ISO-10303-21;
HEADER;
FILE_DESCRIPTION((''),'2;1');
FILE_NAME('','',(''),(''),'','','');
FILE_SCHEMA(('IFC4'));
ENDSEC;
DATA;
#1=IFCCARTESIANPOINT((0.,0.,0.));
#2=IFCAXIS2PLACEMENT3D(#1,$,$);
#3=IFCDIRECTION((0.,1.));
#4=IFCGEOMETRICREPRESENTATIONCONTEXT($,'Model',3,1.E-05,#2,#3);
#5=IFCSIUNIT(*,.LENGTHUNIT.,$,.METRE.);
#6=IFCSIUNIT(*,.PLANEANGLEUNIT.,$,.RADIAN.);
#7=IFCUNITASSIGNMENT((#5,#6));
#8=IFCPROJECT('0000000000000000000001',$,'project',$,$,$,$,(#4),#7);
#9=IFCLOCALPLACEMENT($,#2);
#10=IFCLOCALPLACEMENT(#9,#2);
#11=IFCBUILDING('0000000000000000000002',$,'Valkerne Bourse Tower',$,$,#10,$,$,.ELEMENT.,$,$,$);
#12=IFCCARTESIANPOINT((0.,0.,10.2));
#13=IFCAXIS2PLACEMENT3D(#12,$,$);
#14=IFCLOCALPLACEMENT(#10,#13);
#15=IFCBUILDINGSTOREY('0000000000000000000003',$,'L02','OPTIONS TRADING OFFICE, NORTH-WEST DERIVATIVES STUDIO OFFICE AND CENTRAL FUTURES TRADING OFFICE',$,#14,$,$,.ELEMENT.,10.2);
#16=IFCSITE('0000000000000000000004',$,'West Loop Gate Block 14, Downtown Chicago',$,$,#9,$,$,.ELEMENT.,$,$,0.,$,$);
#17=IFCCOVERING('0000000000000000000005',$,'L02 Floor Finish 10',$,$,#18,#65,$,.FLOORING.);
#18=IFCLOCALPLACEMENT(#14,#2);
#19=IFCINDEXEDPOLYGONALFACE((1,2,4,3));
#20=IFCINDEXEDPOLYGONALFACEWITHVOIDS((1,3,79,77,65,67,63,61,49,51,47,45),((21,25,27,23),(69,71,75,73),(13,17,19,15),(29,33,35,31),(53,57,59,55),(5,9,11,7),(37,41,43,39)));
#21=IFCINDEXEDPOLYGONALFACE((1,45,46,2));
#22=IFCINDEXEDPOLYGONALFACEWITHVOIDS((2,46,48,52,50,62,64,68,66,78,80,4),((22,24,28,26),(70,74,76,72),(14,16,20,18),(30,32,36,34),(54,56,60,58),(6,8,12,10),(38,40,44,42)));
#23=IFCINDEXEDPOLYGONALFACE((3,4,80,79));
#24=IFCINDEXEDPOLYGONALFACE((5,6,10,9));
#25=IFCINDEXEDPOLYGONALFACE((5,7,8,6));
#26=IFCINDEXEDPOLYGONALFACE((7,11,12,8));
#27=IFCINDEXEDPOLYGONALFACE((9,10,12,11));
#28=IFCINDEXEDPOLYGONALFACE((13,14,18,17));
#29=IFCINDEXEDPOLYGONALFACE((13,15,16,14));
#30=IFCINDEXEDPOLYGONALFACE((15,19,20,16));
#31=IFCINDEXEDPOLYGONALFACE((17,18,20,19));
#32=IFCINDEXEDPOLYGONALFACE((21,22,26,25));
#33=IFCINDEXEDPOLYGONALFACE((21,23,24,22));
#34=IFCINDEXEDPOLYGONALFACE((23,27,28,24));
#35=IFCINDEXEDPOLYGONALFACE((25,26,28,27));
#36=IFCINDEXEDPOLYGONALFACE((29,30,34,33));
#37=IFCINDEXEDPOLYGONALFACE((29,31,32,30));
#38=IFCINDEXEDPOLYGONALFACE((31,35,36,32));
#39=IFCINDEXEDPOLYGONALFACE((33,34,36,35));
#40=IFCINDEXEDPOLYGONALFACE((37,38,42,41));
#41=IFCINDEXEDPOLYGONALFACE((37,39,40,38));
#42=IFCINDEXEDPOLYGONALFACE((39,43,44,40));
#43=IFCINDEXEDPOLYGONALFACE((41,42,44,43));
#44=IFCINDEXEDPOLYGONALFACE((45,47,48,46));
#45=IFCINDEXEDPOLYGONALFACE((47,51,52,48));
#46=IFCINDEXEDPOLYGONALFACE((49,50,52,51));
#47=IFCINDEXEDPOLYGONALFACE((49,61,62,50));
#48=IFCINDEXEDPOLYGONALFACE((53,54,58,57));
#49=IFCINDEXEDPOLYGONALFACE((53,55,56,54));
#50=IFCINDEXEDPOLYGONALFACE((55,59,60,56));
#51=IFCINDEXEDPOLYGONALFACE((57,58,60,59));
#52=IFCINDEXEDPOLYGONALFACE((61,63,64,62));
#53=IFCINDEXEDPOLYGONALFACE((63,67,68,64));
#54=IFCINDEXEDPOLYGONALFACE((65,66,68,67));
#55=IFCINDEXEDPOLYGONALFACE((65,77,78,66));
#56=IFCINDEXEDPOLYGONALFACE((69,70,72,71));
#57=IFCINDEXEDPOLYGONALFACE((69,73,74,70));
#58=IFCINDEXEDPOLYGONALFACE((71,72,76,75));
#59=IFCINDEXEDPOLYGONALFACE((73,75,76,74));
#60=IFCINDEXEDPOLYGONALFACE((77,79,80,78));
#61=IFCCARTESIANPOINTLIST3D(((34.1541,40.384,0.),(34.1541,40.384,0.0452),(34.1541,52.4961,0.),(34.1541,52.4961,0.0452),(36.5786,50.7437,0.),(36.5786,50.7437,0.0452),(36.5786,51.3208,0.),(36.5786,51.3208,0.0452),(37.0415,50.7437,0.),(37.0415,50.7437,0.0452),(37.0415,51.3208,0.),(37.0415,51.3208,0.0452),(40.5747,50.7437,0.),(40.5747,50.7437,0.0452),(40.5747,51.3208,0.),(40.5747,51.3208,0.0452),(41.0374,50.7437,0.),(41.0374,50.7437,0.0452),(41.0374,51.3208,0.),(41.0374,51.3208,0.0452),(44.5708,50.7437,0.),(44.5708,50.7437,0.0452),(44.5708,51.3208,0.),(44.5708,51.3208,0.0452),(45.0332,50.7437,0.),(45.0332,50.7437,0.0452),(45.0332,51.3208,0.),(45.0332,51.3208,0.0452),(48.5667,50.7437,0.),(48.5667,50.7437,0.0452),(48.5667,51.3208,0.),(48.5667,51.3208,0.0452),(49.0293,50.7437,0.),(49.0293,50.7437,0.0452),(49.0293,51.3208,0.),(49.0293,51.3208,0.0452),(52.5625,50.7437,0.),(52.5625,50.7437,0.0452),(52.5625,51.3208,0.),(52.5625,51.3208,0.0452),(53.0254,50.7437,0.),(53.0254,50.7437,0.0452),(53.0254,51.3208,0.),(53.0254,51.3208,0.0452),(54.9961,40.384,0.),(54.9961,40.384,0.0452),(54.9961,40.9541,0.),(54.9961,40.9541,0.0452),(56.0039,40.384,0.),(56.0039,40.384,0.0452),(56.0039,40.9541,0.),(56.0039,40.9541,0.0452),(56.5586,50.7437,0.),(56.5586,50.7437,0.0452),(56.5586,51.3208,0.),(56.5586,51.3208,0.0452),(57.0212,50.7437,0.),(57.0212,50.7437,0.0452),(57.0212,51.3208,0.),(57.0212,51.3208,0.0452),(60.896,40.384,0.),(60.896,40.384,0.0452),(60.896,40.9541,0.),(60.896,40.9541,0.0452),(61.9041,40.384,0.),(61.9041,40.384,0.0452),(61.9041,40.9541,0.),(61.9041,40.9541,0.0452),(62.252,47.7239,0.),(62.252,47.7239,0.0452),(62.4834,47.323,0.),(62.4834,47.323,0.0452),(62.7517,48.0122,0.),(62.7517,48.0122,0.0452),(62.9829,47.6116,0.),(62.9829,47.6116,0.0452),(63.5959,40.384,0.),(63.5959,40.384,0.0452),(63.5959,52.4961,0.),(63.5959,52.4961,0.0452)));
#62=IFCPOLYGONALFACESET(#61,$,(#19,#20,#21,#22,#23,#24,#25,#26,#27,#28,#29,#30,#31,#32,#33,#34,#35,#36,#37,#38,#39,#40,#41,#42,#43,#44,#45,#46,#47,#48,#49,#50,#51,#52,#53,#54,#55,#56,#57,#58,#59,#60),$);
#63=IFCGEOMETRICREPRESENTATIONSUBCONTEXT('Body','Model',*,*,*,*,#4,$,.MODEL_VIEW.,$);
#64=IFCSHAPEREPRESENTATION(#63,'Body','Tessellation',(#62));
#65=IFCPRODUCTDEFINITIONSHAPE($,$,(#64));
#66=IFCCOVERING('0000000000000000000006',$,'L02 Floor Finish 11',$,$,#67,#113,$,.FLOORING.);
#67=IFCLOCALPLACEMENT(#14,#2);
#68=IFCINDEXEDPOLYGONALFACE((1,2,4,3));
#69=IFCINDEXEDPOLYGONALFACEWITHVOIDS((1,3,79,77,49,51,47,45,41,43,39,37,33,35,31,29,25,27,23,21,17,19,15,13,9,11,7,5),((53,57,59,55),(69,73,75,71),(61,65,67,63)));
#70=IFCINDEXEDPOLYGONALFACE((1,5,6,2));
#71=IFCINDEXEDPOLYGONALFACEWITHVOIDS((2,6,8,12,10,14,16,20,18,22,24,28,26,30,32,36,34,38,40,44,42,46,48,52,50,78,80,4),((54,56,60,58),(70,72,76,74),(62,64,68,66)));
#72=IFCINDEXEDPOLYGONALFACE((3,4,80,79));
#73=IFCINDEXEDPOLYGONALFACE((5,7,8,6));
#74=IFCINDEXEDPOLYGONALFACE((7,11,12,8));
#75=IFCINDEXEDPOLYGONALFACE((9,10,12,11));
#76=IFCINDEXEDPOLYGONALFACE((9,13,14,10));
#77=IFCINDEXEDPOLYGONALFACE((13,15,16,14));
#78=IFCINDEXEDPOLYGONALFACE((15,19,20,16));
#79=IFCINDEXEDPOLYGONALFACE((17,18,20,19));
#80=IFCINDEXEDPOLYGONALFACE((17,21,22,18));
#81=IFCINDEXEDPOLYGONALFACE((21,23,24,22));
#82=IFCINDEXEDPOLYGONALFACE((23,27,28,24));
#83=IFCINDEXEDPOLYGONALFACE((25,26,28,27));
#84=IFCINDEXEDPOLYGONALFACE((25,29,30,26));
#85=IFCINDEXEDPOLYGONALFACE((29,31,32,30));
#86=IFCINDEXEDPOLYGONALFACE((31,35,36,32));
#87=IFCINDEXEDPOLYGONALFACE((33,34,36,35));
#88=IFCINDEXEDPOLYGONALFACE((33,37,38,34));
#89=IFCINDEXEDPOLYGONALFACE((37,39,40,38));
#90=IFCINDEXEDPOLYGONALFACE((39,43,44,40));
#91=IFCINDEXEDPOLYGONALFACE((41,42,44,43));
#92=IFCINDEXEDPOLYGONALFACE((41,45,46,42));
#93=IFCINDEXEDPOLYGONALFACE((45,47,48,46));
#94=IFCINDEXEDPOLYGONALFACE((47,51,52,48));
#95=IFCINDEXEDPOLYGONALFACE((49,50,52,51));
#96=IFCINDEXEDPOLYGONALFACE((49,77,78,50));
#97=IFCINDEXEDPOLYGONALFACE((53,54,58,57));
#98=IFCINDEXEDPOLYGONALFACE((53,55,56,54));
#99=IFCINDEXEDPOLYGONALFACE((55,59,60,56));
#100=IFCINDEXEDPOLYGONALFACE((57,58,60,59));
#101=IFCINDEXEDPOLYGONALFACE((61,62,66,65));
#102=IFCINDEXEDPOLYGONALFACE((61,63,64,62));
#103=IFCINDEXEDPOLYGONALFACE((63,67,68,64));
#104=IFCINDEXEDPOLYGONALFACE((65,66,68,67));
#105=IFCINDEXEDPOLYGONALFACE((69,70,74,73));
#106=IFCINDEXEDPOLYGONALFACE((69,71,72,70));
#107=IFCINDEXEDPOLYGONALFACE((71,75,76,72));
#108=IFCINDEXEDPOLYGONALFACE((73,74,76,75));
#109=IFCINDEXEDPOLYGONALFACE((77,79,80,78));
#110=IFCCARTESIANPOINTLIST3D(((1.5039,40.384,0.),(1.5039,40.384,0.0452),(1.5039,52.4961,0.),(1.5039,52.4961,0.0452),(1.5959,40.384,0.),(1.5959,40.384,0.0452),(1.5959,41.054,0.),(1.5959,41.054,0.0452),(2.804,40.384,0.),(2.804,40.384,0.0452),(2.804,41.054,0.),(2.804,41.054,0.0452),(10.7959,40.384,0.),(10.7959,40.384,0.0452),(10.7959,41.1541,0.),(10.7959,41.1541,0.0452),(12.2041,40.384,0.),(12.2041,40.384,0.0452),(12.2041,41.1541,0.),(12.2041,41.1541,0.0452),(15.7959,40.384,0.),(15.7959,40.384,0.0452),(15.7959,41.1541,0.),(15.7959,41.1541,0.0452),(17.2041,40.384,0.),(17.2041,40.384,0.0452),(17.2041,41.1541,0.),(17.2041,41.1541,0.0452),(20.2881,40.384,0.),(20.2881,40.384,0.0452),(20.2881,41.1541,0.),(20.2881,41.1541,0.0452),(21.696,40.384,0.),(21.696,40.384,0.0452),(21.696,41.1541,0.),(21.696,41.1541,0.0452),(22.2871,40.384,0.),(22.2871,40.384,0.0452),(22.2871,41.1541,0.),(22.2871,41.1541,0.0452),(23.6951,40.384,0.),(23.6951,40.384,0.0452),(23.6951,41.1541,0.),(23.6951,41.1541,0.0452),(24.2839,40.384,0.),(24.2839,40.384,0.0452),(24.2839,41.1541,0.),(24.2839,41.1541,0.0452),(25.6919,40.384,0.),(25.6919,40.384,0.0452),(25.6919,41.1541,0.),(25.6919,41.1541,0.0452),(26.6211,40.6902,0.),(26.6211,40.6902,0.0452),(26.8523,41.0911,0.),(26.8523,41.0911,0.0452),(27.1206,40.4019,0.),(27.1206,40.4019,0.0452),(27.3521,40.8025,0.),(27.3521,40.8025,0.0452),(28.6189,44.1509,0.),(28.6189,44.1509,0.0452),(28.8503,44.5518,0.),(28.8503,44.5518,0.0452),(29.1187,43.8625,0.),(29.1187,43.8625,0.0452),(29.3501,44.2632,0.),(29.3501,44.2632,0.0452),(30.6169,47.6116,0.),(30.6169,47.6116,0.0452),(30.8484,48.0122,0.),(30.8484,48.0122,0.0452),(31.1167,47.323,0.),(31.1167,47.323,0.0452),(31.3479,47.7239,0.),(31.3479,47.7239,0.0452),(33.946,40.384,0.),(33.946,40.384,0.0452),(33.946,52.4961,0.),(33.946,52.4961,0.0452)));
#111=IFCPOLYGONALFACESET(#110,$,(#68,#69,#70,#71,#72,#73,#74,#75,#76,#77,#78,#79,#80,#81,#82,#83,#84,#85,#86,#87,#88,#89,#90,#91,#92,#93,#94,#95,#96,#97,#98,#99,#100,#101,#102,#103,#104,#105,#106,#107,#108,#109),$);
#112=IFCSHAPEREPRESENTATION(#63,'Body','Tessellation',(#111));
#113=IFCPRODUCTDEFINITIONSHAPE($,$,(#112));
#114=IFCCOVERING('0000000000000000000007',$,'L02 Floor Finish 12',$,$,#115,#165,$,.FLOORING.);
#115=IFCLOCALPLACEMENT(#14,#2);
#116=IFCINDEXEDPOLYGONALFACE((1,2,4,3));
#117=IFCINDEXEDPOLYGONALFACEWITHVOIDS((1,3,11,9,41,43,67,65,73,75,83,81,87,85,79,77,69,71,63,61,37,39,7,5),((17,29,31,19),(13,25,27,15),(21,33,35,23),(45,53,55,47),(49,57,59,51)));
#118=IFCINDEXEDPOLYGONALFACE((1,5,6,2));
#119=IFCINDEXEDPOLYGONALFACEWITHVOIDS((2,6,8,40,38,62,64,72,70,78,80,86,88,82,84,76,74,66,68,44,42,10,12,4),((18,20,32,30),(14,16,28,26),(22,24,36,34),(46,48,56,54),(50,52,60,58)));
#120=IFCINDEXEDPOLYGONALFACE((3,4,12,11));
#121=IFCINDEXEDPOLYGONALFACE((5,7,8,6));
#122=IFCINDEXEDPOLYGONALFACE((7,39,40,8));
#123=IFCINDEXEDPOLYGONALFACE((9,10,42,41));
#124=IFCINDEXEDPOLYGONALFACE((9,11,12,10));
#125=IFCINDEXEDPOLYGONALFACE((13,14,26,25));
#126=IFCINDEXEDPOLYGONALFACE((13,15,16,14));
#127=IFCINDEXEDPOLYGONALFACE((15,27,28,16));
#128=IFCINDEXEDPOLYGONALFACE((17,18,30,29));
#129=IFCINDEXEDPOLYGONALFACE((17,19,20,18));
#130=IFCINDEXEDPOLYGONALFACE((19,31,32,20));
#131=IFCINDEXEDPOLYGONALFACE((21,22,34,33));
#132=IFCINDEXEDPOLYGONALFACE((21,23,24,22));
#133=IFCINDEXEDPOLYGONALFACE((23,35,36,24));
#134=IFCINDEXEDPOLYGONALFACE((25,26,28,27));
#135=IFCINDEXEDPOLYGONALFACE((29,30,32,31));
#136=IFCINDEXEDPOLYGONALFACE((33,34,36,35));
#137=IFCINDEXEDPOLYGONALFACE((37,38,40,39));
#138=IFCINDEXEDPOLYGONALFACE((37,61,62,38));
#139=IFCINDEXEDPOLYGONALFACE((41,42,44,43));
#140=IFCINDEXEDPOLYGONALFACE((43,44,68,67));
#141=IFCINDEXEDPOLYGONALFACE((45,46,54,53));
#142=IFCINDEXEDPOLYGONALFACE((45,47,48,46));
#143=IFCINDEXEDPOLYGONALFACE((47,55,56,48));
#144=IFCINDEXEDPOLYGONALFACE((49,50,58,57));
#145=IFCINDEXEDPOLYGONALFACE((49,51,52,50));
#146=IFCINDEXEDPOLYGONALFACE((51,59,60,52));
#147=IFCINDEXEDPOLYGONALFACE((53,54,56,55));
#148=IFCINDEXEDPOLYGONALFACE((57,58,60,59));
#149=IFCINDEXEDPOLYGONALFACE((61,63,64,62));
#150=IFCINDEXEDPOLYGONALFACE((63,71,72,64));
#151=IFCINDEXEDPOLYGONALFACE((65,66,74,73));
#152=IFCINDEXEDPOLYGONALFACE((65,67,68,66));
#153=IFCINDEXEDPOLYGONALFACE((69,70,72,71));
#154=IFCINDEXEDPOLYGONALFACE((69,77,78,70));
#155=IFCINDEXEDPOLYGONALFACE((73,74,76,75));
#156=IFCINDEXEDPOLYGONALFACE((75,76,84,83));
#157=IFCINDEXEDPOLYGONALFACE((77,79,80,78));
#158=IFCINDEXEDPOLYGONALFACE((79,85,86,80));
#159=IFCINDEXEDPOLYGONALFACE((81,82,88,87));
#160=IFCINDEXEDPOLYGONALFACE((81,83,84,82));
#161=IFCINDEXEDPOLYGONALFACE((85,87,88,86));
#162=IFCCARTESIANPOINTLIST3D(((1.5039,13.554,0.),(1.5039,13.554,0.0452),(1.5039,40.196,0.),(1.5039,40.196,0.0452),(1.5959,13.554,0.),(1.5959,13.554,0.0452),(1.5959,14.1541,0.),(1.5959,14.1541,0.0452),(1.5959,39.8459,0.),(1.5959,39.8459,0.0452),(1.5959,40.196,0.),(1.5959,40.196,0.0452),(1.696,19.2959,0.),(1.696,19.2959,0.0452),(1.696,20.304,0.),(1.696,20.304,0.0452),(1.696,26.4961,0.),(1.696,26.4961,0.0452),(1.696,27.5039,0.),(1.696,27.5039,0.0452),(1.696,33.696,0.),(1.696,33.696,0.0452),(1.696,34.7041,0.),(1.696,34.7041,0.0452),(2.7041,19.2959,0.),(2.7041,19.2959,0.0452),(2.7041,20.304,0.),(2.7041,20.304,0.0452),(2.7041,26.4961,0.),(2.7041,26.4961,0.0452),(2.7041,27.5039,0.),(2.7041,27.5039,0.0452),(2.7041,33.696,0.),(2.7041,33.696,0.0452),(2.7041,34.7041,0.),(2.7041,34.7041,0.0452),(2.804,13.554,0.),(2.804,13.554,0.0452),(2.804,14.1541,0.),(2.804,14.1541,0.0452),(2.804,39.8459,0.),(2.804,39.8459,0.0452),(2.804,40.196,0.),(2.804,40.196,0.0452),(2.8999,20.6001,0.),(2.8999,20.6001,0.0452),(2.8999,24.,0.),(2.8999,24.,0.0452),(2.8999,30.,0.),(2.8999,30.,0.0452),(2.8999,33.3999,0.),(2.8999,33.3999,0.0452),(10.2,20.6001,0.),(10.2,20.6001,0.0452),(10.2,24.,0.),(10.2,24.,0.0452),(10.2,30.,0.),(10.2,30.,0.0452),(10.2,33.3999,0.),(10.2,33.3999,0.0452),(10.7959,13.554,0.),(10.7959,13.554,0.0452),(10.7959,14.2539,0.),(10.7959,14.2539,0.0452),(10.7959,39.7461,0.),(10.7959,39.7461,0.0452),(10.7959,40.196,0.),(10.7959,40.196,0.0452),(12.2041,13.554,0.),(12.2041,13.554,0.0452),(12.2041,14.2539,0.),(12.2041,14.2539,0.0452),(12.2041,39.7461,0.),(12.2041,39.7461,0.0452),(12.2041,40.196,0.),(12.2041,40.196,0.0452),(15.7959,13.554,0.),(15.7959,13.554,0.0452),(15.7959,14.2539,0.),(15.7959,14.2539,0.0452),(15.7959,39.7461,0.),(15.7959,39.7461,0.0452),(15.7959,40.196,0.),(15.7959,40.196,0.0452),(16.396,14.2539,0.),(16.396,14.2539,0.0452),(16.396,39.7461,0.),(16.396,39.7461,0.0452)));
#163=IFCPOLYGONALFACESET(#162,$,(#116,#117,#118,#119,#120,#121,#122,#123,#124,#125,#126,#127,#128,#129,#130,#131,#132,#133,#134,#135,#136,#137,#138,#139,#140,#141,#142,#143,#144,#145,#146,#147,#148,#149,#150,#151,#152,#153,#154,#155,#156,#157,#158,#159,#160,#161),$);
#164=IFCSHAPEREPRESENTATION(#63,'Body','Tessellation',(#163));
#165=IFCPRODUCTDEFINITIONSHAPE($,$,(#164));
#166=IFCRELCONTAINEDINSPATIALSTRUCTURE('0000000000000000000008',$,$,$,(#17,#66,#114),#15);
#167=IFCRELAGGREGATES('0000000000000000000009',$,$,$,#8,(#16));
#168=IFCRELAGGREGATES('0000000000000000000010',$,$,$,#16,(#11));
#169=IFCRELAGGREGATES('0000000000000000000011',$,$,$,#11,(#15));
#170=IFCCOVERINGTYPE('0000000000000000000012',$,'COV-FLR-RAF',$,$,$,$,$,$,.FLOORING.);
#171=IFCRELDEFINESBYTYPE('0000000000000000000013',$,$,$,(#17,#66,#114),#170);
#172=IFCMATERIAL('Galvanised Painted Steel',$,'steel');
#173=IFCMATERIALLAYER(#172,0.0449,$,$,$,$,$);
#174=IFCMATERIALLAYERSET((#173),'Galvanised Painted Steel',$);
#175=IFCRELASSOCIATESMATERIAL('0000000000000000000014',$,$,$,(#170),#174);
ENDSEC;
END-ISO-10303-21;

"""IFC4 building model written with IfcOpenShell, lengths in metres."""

from ifc_helpers import new_model, si_unit, direction, frame, origin, place, context, subcontext, project, spatial, polyline, outline, extrude, material, layer, layer_set, type_object, element, save


model = new_model("IFC4")

# Units and contexts
model_context = context("Model", 3, precision=1e-05, world=origin(), true_north=direction((0.0, 1.0)))
body_context = subcontext(model_context, "Body", "Model", "MODEL_VIEW")
ifc_project = project(units=[si_unit("LENGTHUNIT", "METRE"), si_unit("PLANEANGLEUNIT", "RADIAN")], contexts=[model_context])

# Site, building, storey
site_placement = place(None, origin())
site = spatial("IfcSite", under=ifc_project, at=site_placement, Name="West Loop Gate Block 14, Downtown Chicago", CompositionType="ELEMENT", RefElevation=0.0)
building_placement = place(site_placement, origin())
building = spatial("IfcBuilding", under=site, at=building_placement, Name="Valkerne Bourse Tower", CompositionType="ELEMENT")
storey_placement = place(building_placement, frame((0.0, 0.0, 10.2)))
storey = spatial("IfcBuildingStorey", under=building, at=storey_placement, Name="L02", Description="OPTIONS TRADING OFFICE, NORTH-WEST DERIVATIVES STUDIO OFFICE AND CENTRAL FUTURES TRADING OFFICE", CompositionType="ELEMENT", Elevation=10.2)

# Coverings
ifc_material_1 = material(Name="Galvanised Painted Steel", Category="steel")
ifc_layer_1 = layer(ifc_material_1, 0.0449)
ifc_layer_set_1 = layer_set([ifc_layer_1], Name="Galvanised Painted Steel")
covering_type_1 = type_object("IfcCoveringType", Name="COV-FLR-RAF", PredefinedType="FLOORING", material=ifc_layer_set_1)
covering_1_placement = place(storey_placement, origin())
element("IfcCovering", 1, at=covering_1_placement, inside=storey, type_object=covering_type_1, Name="L02 Floor Finish 10", PredefinedType="FLOORING", context=body_context, shape_type="SweptSolid", body=[
    extrude(outline(polyline([(34.1541, 52.4961), (63.5959, 52.4961), (63.5959, 40.384), (61.9041, 40.384), (61.9041, 40.9541), (60.896, 40.9541), (60.896, 40.384), (56.0039, 40.384), (56.0039, 40.9541), (54.9961, 40.9541), (54.9961, 40.384), (34.1541, 40.384), (34.1541, 52.4961)]), holes=[polyline([(57.0212, 51.3208), (56.5586, 51.3208), (56.5586, 50.7437), (57.0212, 50.7437), (57.0212, 51.3208)]), polyline([(53.0254, 51.3208), (52.5625, 51.3208), (52.5625, 50.7437), (53.0254, 50.7437), (53.0254, 51.3208)]), polyline([(48.5667, 51.3208), (48.5667, 50.7437), (49.0293, 50.7437), (49.0293, 51.3208), (48.5667, 51.3208)]), polyline([(45.0332, 51.3208), (44.5708, 51.3208), (44.5708, 50.7437), (45.0332, 50.7437), (45.0332, 51.3208)]), polyline([(41.0374, 51.3208), (40.5747, 51.3208), (40.5747, 50.7437), (41.0374, 50.7437), (41.0374, 51.3208)]), polyline([(36.5786, 51.3208), (36.5786, 50.7437), (37.0415, 50.7437), (37.0415, 51.3208), (36.5786, 51.3208)]), polyline([(62.7517, 48.0122), (62.252, 47.7239), (62.4834, 47.323), (62.9829, 47.6116), (62.7517, 48.0122)])]), origin(), (0.0, 0.0, 1.0), 0.0452),
])
covering_2_placement = place(storey_placement, origin())
element("IfcCovering", 2, at=covering_2_placement, inside=storey, type_object=covering_type_1, Name="L02 Floor Finish 11", PredefinedType="FLOORING", context=body_context, shape_type="SweptSolid", body=[
    extrude(outline(polyline([(1.5039, 52.4961), (33.946, 52.4961), (33.946, 40.384), (25.6919, 40.384), (25.6919, 41.1541), (24.2839, 41.1541), (24.2839, 40.384), (23.6951, 40.384), (23.6951, 41.1541), (22.2871, 41.1541), (22.2871, 40.384), (21.696, 40.384), (21.696, 41.1541), (20.2881, 41.1541), (20.2881, 40.384), (17.2041, 40.384), (17.2041, 41.1541), (15.7959, 41.1541), (15.7959, 40.384), (12.2041, 40.384), (12.2041, 41.1541), (10.7959, 41.1541), (10.7959, 40.384), (2.804, 40.384), (2.804, 41.054), (1.5959, 41.054), (1.5959, 40.384), (1.5039, 40.384), (1.5039, 52.4961)]), holes=[polyline([(26.6211, 40.6902), (27.1206, 40.4019), (27.3521, 40.8025), (26.8523, 41.0911), (26.6211, 40.6902)]), polyline([(28.8503, 44.5518), (28.6189, 44.1509), (29.1187, 43.8625), (29.3501, 44.2632), (28.8503, 44.5518)]), polyline([(30.6169, 47.6116), (31.1167, 47.323), (31.3479, 47.7239), (30.8484, 48.0122), (30.6169, 47.6116)])]), origin(), (0.0, 0.0, 1.0), 0.0452),
])
covering_3_placement = place(storey_placement, origin())
element("IfcCovering", 3, at=covering_3_placement, inside=storey, type_object=covering_type_1, Name="L02 Floor Finish 12", PredefinedType="FLOORING", context=body_context, shape_type="SweptSolid", body=[
    extrude(outline(polyline([(1.5039, 40.196), (1.5959, 40.196), (1.5959, 39.8459), (2.804, 39.8459), (2.804, 40.196), (10.7959, 40.196), (10.7959, 39.7461), (12.2041, 39.7461), (12.2041, 40.196), (15.7959, 40.196), (15.7959, 39.7461), (16.396, 39.7461), (16.396, 14.2539), (15.7959, 14.2539), (15.7959, 13.554), (12.2041, 13.554), (12.2041, 14.2539), (10.7959, 14.2539), (10.7959, 13.554), (2.804, 13.554), (2.804, 14.1541), (1.5959, 14.1541), (1.5959, 13.554), (1.5039, 13.554), (1.5039, 40.196)]), holes=[polyline([(1.696, 20.304), (1.696, 19.2959), (2.7041, 19.2959), (2.7041, 20.304), (1.696, 20.304)]), polyline([(2.8999, 24.0), (2.8999, 20.6001), (10.2, 20.6001), (10.2, 24.0), (2.8999, 24.0)]), polyline([(2.7041, 27.5039), (1.696, 27.5039), (1.696, 26.4961), (2.7041, 26.4961), (2.7041, 27.5039)]), polyline([(2.8999, 30.0), (10.2, 30.0), (10.2, 33.3999), (2.8999, 33.3999), (2.8999, 30.0)]), polyline([(2.7041, 34.7041), (1.696, 34.7041), (1.696, 33.696), (2.7041, 33.696), (2.7041, 34.7041)])]), origin(), (0.0, 0.0, 1.0), 0.0452),
])

save(model, "model.ifc")
